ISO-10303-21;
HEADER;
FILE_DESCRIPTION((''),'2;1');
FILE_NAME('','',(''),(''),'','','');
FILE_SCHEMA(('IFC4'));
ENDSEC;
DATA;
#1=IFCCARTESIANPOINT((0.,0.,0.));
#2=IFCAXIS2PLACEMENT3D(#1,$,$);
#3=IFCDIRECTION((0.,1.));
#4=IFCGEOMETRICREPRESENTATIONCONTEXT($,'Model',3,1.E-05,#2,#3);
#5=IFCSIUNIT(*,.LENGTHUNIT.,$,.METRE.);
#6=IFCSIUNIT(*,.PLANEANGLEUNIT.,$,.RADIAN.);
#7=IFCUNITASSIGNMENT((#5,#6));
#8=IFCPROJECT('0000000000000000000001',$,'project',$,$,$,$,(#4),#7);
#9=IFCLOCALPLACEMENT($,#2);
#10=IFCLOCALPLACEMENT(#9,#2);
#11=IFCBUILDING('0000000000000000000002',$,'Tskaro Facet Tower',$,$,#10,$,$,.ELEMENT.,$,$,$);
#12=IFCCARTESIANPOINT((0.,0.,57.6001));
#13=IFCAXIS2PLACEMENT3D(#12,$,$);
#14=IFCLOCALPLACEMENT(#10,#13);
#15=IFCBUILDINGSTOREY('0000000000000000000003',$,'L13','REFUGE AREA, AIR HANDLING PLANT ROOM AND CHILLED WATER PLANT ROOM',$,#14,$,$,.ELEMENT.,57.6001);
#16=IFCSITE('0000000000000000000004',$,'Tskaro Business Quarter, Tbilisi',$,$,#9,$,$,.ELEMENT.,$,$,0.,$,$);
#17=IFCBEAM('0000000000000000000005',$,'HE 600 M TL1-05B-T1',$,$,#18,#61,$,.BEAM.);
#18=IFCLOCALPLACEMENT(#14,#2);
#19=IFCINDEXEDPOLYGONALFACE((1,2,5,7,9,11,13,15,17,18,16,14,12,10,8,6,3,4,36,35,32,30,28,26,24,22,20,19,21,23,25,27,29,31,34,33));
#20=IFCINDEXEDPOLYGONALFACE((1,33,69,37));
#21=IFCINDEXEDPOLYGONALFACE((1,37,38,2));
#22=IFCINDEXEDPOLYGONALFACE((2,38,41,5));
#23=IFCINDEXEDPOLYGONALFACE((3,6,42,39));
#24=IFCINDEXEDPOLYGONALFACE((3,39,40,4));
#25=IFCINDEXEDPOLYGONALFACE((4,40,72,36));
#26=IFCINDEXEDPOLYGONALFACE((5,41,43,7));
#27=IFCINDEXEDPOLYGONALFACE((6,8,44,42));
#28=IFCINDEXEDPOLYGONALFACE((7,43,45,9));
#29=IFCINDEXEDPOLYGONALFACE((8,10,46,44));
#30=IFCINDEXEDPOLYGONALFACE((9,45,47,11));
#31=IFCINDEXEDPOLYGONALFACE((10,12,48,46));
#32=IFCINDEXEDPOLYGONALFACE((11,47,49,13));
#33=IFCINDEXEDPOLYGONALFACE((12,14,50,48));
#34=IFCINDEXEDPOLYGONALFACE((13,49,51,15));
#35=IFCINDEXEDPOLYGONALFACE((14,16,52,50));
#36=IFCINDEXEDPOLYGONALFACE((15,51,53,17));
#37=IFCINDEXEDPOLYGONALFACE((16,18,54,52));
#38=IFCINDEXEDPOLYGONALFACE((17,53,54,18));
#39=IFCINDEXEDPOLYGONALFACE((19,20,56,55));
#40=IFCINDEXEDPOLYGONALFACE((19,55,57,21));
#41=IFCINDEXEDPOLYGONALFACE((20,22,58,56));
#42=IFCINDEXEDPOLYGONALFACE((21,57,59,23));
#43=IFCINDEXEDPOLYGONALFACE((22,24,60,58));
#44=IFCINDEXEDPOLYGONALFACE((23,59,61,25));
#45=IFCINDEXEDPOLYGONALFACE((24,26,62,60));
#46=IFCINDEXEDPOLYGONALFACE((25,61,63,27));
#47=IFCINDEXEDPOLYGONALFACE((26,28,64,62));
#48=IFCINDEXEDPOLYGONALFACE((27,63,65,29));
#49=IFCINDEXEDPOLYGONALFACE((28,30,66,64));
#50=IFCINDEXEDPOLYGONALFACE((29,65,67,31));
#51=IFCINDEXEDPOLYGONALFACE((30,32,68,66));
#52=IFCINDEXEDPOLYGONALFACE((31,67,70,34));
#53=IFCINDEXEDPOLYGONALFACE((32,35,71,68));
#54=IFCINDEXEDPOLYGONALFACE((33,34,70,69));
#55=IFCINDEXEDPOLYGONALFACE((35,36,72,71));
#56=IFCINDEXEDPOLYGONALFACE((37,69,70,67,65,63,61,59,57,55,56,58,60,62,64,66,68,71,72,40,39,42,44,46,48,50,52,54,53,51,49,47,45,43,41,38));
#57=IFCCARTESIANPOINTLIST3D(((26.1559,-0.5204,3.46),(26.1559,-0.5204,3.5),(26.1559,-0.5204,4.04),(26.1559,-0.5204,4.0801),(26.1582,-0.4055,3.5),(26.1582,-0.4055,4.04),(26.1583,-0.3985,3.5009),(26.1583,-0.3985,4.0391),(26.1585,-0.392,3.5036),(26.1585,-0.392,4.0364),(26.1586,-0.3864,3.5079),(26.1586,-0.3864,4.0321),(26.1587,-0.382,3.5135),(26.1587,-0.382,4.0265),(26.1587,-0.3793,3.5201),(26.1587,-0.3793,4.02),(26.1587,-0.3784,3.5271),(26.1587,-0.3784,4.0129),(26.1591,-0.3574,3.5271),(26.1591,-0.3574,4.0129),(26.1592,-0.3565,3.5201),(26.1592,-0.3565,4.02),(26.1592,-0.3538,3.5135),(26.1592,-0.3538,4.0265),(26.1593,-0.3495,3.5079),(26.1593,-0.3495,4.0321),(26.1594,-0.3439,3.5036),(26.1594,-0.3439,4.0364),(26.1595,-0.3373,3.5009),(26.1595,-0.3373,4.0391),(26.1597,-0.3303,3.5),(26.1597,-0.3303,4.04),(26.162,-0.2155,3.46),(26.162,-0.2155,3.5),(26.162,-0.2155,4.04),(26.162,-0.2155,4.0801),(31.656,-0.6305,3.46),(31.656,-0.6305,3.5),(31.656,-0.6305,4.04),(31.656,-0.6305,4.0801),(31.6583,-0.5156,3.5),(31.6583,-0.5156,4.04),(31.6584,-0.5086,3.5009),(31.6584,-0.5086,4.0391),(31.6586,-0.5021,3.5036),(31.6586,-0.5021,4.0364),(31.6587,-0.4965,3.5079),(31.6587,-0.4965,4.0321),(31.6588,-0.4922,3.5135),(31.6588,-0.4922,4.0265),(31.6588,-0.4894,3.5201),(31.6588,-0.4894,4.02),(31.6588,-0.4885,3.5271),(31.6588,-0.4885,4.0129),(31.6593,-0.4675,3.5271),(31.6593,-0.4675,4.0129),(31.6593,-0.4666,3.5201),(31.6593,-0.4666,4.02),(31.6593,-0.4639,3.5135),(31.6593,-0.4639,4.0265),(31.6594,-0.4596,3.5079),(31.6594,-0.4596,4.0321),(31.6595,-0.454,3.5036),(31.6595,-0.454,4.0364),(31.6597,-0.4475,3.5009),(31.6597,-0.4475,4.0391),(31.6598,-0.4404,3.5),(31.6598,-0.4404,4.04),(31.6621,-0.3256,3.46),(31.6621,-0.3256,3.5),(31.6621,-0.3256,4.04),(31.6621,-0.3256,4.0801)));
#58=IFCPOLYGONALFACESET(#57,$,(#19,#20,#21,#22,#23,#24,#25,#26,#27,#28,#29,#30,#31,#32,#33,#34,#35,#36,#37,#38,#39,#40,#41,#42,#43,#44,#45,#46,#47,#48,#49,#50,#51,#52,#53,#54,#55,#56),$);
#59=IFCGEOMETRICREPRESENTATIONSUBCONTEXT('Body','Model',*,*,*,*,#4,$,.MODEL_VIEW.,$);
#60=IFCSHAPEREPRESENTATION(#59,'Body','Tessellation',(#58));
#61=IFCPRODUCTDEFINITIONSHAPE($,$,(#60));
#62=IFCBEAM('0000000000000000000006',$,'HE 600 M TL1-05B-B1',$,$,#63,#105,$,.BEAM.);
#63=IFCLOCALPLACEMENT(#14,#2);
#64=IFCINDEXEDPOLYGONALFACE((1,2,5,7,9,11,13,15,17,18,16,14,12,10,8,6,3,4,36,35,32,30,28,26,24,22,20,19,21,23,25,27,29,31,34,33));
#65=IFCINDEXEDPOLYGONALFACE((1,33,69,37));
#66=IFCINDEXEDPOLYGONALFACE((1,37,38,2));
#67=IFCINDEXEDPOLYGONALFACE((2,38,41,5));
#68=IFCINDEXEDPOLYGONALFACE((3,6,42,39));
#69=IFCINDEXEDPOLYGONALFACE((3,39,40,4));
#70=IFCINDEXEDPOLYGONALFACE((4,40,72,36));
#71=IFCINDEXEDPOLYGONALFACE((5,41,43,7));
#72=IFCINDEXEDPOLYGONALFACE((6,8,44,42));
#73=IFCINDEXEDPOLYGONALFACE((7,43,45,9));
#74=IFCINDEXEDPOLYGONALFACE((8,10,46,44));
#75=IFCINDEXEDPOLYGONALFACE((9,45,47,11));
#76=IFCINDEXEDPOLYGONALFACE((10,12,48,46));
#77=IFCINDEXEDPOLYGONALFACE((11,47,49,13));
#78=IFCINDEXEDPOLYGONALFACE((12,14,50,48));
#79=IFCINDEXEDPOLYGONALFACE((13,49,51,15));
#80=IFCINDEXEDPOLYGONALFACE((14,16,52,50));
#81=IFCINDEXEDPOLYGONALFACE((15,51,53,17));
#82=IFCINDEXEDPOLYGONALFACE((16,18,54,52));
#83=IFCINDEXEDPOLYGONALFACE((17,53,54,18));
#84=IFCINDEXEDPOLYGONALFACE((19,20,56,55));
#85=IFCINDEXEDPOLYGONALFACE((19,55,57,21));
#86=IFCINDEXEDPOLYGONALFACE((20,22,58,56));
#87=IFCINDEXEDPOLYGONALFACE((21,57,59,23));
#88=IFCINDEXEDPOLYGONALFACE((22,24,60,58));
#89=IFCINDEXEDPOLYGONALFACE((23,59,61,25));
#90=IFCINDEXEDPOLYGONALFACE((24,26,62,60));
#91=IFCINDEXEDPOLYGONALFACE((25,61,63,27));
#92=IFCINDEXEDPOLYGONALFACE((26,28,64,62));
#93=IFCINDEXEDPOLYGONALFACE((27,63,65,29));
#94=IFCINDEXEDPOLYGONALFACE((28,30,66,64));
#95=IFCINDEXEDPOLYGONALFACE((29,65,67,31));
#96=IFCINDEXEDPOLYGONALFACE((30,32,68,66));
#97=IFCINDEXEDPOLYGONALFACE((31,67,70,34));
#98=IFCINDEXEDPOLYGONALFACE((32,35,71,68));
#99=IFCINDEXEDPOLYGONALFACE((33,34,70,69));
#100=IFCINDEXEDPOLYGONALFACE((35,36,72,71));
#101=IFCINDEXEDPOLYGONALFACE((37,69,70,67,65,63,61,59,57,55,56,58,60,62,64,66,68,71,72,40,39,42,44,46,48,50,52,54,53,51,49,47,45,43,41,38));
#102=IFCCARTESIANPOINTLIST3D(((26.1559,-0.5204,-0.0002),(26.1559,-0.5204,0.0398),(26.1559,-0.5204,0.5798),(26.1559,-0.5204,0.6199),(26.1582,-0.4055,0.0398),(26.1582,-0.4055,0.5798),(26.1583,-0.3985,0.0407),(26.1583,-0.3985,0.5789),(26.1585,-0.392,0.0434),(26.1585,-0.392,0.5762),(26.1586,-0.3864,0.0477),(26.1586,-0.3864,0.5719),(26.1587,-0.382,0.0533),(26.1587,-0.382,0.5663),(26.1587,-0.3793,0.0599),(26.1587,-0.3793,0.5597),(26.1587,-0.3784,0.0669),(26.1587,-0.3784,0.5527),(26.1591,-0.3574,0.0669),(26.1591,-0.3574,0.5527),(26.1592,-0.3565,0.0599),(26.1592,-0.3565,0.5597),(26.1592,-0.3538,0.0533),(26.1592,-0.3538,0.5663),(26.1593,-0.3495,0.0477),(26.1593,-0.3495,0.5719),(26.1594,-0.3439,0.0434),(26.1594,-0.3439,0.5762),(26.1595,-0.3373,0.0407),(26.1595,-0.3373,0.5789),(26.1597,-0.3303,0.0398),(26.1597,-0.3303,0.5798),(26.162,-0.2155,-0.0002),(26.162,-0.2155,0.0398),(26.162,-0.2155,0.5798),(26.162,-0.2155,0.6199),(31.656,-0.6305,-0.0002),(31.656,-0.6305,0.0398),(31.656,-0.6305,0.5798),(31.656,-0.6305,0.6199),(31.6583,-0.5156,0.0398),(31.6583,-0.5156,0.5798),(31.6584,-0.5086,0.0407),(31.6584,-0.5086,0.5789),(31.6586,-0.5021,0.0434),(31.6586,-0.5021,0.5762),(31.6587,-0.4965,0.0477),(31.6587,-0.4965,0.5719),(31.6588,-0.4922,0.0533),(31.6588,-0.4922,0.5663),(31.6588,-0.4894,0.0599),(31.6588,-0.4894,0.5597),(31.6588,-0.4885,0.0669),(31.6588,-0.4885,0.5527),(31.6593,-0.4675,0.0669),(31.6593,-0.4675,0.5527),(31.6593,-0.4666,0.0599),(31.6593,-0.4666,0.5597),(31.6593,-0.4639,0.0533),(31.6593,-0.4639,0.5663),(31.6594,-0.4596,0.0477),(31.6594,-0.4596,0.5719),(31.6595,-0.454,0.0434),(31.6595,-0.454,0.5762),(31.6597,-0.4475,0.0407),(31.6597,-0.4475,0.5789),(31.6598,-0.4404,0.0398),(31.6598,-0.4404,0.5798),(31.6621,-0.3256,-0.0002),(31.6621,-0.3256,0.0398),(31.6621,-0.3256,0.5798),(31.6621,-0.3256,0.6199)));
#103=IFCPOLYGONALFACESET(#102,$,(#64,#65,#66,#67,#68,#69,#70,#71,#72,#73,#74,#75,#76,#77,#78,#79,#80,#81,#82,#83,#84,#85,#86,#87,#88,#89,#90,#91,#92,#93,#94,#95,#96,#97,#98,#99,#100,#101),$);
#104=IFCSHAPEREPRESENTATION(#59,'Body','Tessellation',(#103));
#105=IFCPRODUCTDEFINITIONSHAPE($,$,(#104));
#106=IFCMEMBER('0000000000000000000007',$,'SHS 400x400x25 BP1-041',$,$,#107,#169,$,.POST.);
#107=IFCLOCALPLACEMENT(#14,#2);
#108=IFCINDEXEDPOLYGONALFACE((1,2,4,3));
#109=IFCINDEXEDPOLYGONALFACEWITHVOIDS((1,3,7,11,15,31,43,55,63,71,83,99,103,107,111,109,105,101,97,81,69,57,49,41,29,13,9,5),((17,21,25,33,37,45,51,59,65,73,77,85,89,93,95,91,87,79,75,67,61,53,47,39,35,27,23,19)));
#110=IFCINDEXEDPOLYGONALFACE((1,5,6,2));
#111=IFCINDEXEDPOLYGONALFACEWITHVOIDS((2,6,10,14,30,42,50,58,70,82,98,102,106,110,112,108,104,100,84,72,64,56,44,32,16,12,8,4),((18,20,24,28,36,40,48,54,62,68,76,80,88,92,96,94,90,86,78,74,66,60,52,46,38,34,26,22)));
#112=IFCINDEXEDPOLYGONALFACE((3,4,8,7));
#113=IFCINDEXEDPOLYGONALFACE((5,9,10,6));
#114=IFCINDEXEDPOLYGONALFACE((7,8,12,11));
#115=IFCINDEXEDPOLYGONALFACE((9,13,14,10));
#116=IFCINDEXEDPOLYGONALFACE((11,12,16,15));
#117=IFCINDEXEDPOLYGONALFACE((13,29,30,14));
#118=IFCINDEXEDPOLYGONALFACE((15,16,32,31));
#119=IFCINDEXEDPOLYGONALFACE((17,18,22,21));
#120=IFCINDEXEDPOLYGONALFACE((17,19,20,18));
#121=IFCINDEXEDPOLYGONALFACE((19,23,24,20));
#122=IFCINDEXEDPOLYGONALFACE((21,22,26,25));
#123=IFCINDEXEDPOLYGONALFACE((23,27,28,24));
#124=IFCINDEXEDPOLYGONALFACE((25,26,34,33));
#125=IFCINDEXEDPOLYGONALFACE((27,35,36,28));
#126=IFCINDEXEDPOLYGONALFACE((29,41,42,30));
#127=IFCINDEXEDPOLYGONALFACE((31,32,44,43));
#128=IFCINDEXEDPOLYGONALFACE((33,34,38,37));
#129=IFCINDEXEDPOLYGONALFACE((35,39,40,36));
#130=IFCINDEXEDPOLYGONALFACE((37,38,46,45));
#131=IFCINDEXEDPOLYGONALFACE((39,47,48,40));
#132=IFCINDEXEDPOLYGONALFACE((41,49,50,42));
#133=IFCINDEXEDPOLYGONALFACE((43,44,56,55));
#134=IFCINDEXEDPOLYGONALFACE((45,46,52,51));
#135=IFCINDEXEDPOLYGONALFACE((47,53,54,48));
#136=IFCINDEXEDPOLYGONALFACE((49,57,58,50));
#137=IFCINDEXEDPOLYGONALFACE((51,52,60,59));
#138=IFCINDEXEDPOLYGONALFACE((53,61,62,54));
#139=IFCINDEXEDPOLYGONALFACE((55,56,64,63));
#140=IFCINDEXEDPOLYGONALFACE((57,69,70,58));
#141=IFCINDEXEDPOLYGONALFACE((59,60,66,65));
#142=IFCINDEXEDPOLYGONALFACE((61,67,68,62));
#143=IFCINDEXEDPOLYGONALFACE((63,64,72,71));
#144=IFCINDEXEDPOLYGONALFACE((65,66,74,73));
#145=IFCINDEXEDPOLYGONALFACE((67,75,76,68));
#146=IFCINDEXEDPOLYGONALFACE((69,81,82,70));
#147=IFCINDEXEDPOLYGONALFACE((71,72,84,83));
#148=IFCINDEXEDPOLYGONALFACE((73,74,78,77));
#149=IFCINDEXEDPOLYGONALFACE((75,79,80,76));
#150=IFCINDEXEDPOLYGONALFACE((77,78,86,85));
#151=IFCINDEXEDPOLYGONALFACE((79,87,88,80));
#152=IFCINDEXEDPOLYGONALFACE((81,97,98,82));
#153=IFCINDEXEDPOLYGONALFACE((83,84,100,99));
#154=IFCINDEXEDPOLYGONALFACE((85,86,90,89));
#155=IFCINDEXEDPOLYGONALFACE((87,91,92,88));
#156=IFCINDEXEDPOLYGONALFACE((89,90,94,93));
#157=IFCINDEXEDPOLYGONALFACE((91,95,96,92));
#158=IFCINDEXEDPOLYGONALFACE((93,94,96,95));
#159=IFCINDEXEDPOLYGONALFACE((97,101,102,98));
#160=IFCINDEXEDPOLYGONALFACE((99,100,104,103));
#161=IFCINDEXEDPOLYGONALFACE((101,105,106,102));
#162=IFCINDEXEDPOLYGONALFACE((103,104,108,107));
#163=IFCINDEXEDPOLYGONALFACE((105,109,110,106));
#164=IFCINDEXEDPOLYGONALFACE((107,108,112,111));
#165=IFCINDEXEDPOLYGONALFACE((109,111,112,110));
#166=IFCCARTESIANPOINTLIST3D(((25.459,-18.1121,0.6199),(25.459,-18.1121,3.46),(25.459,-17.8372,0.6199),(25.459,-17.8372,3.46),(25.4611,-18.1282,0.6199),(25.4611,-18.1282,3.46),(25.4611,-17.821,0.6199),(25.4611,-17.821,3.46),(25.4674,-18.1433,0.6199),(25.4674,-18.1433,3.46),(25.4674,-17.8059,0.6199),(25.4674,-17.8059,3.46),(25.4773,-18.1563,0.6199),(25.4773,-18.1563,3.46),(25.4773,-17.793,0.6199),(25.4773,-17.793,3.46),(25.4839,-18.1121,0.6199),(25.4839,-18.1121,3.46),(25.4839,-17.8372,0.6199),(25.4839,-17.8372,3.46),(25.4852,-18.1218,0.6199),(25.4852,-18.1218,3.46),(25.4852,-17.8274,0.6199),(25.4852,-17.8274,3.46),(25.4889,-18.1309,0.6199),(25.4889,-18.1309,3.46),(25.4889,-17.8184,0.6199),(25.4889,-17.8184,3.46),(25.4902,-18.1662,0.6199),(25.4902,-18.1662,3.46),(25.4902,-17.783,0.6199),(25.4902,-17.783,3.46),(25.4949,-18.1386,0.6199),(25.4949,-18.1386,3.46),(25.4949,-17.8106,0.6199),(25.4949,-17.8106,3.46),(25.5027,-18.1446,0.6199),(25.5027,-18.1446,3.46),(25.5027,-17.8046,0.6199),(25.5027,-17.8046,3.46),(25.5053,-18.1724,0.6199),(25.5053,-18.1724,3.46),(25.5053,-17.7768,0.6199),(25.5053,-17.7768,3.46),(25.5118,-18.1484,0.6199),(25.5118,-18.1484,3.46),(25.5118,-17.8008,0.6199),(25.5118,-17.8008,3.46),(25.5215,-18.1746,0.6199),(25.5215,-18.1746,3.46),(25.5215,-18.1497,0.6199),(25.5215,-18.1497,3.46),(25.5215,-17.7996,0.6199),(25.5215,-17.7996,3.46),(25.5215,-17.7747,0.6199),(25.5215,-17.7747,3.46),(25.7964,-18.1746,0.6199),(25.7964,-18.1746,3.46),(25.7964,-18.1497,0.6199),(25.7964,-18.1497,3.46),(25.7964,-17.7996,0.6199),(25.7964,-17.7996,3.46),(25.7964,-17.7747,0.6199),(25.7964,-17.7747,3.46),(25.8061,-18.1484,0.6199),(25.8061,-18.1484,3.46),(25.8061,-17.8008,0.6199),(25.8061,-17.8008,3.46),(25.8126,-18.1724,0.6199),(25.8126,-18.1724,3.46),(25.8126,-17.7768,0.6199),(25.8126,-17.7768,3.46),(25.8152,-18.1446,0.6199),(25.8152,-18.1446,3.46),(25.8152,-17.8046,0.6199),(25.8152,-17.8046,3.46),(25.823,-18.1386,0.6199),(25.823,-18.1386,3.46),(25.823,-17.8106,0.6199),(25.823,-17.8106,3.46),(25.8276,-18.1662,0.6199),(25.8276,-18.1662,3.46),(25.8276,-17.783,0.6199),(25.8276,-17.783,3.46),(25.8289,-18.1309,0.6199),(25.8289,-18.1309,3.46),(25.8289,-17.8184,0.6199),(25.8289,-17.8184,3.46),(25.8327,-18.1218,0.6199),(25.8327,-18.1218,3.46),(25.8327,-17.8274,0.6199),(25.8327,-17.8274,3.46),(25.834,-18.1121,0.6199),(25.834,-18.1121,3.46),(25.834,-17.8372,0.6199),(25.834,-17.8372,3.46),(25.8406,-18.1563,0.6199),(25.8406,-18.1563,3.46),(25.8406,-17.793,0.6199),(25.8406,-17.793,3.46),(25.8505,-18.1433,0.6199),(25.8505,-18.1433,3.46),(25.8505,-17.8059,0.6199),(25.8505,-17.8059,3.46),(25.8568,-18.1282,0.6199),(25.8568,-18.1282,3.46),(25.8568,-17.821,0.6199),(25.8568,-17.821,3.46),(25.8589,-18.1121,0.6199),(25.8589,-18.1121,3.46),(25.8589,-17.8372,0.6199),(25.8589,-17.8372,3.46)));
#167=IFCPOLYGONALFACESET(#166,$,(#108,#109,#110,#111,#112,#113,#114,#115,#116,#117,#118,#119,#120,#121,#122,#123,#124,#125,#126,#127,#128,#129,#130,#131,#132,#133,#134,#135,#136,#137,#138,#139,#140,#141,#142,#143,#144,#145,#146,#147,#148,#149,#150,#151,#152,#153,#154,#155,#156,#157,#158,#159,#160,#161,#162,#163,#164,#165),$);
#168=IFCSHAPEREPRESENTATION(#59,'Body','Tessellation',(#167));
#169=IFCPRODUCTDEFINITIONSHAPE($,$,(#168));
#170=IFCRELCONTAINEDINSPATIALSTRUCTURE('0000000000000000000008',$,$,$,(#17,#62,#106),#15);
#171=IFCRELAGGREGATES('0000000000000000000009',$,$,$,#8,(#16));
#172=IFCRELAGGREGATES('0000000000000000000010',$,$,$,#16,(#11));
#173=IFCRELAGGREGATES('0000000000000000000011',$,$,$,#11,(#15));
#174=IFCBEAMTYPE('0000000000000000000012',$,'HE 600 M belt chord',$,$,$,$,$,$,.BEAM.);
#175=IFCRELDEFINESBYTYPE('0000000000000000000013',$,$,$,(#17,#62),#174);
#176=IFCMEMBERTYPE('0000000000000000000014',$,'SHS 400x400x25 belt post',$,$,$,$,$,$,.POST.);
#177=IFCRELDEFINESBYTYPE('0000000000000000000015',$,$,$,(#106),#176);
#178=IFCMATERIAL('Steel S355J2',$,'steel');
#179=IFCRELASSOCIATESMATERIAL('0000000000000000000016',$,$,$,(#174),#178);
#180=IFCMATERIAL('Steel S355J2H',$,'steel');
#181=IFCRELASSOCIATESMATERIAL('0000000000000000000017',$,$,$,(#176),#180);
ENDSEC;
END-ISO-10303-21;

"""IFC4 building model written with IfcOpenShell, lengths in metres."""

from ifc_helpers import new_model, si_unit, direction, frame, origin, origin_2d, place, context, subcontext, project, spatial, hollow_rectangle, i_section, extrude, material, material_profile, profile_set, type_object, element, save


model = new_model("IFC4")

# Units and contexts
model_context = context("Model", 3, precision=1e-05, world=origin(), true_north=direction((0.0, 1.0)))
body_context = subcontext(model_context, "Body", "Model", "MODEL_VIEW")
ifc_project = project(units=[si_unit("LENGTHUNIT", "METRE"), si_unit("PLANEANGLEUNIT", "RADIAN")], contexts=[model_context])

# Site, building, storey
site_placement = place(None, origin())
site = spatial("IfcSite", under=ifc_project, at=site_placement, Name="Tskaro Business Quarter, Tbilisi", CompositionType="ELEMENT", RefElevation=0.0)
building_placement = place(site_placement, origin())
building = spatial("IfcBuilding", under=site, at=building_placement, Name="Tskaro Facet Tower", CompositionType="ELEMENT")
storey_placement = place(building_placement, frame((0.0, 0.0, 57.6001)))
storey = spatial("IfcBuildingStorey", under=building, at=storey_placement, Name="L13", Description="REFUGE AREA, AIR HANDLING PLANT ROOM AND CHILLED WATER PLANT ROOM", CompositionType="ELEMENT", Elevation=57.6001)

# Shared definitions
ifc_material_1 = material(Name="Steel S355J2H", Category="steel")

# Shared definitions
ifc_material_2 = material(Name="Steel S355J2", Category="steel")

# Beams
ifc_material_profile_1 = material_profile(ifc_material_2, i_section(OverallWidth=0.3049, OverallDepth=0.6201, WebThickness=0.021, FlangeThickness=0.04, FilletRadius=0.0271, at=origin_2d()), Name="HE 600 M")
ifc_profile_set_1 = profile_set([ifc_material_profile_1], Name="Steel S355J2")
beam_type_1 = type_object("IfcBeamType", Name="HE 600 M belt chord", PredefinedType="BEAM", material=ifc_profile_set_1)
for number, where, z_axis, x_axis, name in (
    (1, (26.1589, -0.3679, 3.77), (0.9998, -0.020016, 0.0), (0.020016, 0.9998, 0.0), "HE 600 M TL1-05B-T1"),
    (2, (26.1589, -0.3679, 0.3098), (0.9998, -0.020016, 0.0), (0.020016, 0.9998, 0.0), "HE 600 M TL1-05B-B1"),
):
    element("IfcBeam", number, at=place(storey_placement, frame(where, z_axis=z_axis, x_axis=x_axis)), inside=storey, type_object=beam_type_1, Name=name, PredefinedType="BEAM", context=body_context, shape_type="SweptSolid", body=[
        extrude(i_section(OverallWidth=0.3049, OverallDepth=0.6201, WebThickness=0.021, FlangeThickness=0.04, FilletRadius=0.0271, at=origin_2d()), origin(), (0.0, 0.0, 1.0), 5.5012),
    ])

# Member
ifc_material_profile_2 = material_profile(ifc_material_1, hollow_rectangle(XDim=0.3999, YDim=0.3999, WallThickness=0.0249, InnerFilletRadius=0.0376, OuterFilletRadius=0.0625, at=origin_2d()), Name="SHS 400x400x25")
ifc_profile_set_2 = profile_set([ifc_material_profile_2], Name="Steel S355J2H")
member_type_1 = type_object("IfcMemberType", Name="SHS 400x400x25 belt post", PredefinedType="POST", material=ifc_profile_set_2)
for number, where, z_axis, x_axis, name in (
    (3, (25.6589, -17.9746, 0.6199), (0.0, 0.0, 1.0), (1.0, 0.0, 0.0), "SHS 400x400x25 BP1-041"),
):
    element("IfcMember", number, at=place(storey_placement, frame(where, z_axis=z_axis, x_axis=x_axis)), inside=storey, type_object=member_type_1, Name=name, PredefinedType="POST", context=body_context, shape_type="SweptSolid", body=[
        extrude(hollow_rectangle(XDim=0.3999, YDim=0.3999, WallThickness=0.0249, InnerFilletRadius=0.0376, OuterFilletRadius=0.0625, at=origin_2d()), origin(), (0.0, 0.0, 1.0), 2.8401),
    ])

save(model, "model.ifc")
